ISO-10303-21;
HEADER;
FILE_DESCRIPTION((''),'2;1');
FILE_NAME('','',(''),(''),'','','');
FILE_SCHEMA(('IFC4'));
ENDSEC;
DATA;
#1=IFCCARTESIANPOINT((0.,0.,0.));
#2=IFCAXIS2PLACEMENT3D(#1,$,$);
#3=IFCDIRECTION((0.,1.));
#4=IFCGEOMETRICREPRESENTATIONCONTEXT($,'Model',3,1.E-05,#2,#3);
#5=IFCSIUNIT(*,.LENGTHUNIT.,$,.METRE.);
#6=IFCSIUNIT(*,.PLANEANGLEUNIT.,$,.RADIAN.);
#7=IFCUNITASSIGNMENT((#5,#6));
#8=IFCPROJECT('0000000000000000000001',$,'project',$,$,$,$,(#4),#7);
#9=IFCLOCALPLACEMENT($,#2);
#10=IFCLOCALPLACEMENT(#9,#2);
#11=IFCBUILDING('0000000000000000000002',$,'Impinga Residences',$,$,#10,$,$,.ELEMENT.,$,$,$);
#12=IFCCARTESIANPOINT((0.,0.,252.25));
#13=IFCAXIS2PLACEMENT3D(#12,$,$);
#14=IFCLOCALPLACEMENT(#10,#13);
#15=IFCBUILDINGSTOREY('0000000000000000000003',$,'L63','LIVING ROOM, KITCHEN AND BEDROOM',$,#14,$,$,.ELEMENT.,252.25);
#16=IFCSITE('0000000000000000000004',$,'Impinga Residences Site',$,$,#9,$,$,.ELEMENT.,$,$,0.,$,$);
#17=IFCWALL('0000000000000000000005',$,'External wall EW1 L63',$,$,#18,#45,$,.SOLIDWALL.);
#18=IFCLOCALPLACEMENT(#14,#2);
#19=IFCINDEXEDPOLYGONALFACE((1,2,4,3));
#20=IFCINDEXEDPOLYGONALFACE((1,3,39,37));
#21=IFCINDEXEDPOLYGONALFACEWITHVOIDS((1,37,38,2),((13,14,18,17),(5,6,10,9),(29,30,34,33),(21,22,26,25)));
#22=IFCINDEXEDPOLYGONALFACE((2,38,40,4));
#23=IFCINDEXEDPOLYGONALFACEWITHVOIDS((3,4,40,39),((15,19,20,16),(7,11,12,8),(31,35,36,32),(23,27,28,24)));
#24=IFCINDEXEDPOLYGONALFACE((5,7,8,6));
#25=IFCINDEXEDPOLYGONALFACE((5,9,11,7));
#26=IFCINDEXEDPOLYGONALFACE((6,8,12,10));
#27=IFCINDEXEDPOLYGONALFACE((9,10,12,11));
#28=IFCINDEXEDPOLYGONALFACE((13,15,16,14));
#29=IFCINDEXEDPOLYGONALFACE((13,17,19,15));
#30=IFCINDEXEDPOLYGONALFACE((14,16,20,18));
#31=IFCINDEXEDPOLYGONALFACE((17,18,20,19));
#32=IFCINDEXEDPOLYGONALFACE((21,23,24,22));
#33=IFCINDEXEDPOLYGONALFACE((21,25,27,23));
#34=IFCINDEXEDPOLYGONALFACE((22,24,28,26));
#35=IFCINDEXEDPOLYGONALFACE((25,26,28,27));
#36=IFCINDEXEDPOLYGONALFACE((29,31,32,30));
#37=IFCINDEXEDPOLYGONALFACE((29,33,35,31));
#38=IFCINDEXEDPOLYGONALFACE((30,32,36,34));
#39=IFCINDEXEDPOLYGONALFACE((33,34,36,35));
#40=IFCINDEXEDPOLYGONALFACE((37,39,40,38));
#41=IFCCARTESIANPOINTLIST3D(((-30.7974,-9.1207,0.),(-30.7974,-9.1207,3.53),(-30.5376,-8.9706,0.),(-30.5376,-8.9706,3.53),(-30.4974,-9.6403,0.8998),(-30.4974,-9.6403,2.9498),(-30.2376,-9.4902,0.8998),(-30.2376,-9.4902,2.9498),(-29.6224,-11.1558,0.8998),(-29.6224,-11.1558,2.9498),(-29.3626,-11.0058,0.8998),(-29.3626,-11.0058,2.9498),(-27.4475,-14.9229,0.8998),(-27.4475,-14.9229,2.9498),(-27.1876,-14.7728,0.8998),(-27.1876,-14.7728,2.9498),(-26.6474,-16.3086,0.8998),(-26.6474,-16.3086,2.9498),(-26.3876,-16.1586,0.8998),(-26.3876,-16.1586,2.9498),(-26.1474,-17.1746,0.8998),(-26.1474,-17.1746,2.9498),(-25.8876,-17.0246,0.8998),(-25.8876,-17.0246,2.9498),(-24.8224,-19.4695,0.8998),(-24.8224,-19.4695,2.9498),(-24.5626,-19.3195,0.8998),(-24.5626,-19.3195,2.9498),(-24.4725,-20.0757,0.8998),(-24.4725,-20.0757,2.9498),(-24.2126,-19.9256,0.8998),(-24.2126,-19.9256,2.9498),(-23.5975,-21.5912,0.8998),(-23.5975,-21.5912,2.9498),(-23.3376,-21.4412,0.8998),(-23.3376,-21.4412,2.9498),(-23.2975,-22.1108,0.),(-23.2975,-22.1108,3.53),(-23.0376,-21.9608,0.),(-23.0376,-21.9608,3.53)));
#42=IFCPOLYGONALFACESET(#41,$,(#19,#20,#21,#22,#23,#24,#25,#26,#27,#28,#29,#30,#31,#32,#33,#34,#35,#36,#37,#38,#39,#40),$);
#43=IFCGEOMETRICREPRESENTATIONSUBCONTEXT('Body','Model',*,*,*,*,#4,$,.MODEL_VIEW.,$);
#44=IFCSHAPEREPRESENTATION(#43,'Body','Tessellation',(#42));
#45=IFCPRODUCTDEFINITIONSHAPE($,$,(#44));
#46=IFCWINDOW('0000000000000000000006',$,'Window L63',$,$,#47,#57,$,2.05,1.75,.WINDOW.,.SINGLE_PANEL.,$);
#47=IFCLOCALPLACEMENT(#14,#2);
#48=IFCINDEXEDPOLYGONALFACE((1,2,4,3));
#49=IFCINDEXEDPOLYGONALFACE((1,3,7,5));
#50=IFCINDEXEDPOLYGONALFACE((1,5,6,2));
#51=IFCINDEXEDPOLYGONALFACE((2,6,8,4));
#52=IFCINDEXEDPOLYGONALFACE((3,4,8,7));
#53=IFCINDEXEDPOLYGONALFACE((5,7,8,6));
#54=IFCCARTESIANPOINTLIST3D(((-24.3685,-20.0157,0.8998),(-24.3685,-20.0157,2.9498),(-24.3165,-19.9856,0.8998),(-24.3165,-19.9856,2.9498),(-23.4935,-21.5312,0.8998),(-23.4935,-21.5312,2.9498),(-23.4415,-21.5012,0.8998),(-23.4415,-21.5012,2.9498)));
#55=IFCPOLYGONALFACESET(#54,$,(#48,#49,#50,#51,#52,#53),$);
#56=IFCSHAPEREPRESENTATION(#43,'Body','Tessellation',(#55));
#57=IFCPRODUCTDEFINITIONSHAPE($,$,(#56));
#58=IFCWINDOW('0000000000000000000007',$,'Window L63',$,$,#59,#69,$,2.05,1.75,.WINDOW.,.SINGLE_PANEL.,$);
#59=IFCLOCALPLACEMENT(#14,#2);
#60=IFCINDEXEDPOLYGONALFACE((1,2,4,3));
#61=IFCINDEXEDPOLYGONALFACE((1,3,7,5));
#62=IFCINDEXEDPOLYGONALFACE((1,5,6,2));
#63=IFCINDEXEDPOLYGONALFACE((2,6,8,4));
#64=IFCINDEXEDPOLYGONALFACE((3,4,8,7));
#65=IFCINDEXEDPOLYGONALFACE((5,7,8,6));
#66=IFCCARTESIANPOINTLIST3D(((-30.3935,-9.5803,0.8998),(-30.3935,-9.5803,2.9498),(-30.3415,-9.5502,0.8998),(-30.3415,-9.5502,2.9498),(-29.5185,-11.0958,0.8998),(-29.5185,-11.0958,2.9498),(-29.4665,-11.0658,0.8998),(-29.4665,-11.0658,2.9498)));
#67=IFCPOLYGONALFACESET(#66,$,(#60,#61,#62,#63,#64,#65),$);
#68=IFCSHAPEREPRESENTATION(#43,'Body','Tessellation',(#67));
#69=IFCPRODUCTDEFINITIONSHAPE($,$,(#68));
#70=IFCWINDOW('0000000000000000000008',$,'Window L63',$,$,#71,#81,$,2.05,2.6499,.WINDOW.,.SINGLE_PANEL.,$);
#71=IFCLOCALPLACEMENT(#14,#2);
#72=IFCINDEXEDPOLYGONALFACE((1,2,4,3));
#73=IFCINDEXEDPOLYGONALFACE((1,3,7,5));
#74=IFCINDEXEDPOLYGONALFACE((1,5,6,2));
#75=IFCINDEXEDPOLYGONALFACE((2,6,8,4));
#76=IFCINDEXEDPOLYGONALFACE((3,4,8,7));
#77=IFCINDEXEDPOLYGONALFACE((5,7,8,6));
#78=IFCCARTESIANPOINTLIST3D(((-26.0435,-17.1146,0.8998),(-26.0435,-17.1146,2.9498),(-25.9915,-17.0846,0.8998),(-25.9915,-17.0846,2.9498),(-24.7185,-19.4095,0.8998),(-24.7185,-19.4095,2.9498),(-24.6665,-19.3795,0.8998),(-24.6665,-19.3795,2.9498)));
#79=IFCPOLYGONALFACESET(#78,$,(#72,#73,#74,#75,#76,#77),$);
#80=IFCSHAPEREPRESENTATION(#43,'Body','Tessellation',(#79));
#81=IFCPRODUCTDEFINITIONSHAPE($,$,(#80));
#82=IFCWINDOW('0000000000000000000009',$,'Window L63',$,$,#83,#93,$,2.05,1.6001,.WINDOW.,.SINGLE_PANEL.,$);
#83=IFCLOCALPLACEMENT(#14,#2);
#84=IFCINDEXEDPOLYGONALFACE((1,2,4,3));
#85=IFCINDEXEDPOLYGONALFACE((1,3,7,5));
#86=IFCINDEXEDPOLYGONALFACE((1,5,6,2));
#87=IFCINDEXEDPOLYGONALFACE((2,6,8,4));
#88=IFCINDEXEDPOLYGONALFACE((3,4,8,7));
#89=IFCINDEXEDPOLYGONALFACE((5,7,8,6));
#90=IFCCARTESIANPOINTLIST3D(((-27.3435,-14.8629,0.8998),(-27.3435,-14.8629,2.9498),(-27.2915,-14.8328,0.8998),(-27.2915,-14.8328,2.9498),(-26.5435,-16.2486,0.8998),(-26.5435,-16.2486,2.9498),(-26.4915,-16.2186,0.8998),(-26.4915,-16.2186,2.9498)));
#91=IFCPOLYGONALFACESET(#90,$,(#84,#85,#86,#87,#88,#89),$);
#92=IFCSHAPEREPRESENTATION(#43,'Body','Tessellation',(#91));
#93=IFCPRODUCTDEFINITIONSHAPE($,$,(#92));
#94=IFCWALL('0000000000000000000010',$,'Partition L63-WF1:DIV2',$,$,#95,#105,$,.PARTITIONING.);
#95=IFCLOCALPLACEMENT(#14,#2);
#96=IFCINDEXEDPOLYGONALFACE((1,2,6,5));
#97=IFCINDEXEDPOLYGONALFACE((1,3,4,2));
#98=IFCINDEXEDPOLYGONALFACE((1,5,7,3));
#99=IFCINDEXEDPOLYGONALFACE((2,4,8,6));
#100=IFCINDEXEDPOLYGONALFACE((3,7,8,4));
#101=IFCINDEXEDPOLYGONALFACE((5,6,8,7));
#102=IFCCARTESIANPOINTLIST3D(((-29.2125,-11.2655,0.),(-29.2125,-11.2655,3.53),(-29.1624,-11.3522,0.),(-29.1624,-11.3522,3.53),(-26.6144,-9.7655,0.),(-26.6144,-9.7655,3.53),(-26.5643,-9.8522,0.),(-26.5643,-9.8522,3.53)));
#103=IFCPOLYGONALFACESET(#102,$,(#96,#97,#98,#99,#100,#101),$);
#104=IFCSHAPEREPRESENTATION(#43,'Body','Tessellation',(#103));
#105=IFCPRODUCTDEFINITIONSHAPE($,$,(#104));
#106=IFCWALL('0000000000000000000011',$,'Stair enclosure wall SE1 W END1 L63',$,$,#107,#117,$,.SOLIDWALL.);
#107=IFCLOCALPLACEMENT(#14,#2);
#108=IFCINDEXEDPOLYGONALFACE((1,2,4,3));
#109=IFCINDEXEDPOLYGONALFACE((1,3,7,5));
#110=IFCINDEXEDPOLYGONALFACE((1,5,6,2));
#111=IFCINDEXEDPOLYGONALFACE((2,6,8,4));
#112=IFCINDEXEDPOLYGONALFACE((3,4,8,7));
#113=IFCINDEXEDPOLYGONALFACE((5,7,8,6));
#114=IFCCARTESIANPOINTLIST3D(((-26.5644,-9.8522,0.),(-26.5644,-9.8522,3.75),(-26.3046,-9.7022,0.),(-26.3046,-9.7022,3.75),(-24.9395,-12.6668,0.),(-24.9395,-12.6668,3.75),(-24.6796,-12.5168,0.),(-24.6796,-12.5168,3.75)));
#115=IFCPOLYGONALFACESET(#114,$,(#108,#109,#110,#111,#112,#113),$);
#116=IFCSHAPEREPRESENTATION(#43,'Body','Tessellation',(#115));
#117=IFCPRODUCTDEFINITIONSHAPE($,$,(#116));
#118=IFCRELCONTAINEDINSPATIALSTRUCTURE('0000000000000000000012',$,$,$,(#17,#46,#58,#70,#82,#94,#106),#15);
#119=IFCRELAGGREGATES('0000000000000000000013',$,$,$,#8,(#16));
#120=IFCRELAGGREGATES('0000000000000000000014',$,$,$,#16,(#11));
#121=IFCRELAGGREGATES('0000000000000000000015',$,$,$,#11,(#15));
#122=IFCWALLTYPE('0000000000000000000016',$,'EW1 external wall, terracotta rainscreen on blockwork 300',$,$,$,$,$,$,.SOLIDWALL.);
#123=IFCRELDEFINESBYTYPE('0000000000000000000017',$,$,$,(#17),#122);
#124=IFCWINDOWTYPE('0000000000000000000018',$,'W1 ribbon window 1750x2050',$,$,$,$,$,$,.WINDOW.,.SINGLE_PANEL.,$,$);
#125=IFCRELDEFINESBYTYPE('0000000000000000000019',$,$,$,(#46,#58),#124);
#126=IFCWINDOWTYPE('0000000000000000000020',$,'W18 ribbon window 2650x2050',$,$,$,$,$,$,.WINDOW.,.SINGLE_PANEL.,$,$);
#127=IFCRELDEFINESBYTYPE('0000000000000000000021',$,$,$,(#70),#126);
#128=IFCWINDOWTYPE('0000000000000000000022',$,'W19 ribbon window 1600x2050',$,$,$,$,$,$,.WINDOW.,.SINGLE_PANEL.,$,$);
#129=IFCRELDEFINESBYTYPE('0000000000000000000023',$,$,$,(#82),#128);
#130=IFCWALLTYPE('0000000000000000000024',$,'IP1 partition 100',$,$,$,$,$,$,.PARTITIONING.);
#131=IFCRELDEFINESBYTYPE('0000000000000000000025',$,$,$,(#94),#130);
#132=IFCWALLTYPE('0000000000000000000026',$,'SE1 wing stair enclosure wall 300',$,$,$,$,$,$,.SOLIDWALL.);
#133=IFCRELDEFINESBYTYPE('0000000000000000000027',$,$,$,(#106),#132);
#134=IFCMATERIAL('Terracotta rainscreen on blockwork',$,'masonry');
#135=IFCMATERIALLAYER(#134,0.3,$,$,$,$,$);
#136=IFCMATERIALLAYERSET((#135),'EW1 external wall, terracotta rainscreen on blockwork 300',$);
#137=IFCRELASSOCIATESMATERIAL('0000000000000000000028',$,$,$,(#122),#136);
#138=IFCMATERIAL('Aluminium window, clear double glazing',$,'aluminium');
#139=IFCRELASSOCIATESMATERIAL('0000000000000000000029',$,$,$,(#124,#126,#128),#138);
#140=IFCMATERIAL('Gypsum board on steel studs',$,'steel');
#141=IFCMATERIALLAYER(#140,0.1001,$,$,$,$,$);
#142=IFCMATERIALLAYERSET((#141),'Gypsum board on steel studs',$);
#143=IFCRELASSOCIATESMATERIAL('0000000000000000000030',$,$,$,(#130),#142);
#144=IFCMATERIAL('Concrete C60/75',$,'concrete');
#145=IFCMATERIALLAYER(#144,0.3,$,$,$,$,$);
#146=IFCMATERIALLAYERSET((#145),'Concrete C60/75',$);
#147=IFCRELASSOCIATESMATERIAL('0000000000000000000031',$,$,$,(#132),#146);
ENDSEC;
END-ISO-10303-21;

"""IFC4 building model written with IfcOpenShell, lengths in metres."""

from ifc_helpers import new_model, si_unit, direction, frame, frame_2d, origin, place, context, subcontext, project, spatial, rectangle, extrude, material, layer, layer_set, type_object, element, fill, save


model = new_model("IFC4")

# Units and contexts
model_context = context("Model", 3, precision=1e-05, world=origin(), true_north=direction((0.0, 1.0)))
body_context = subcontext(model_context, "Body", "Model", "MODEL_VIEW")
ifc_project = project(units=[si_unit("LENGTHUNIT", "METRE"), si_unit("PLANEANGLEUNIT", "RADIAN")], contexts=[model_context])

# Site, building, storey
site_placement = place(None, origin())
site = spatial("IfcSite", under=ifc_project, at=site_placement, Name="Impinga Residences Site", CompositionType="ELEMENT", RefElevation=0.0)
building_placement = place(site_placement, origin())
building = spatial("IfcBuilding", under=site, at=building_placement, Name="Impinga Residences", CompositionType="ELEMENT")
storey_placement = place(building_placement, frame((0.0, 0.0, 252.25)))
storey = spatial("IfcBuildingStorey", under=building, at=storey_placement, Name="L63", Description="LIVING ROOM, KITCHEN AND BEDROOM", CompositionType="ELEMENT", Elevation=252.25)

# Shared definitions
ifc_material_1 = material(Name="Concrete C60/75", Category="concrete")

# Shared definitions
ifc_material_2 = material(Name="Terracotta rainscreen on blockwork", Category="masonry")
ifc_layer_1 = layer(ifc_material_2, 0.3)
ifc_layer_set_1 = layer_set([ifc_layer_1], Name="EW1 external wall, terracotta rainscreen on blockwork 300")
wall_type_1 = type_object("IfcWallType", Name="EW1 external wall, terracotta rainscreen on blockwork 300", PredefinedType="SOLIDWALL", material=ifc_layer_set_1)

# Wall, openings, windows
wall_1_placement = place(storey_placement, frame((-23.1675, -22.0359, 0.0), z_axis=(0.0, 0.0, 1.0), x_axis=(-0.500004, 0.866023, 0.0)))
wall_1 = element("IfcWall", 1, at=wall_1_placement, inside=storey, type_object=wall_type_1, Name="External wall EW1 L63", PredefinedType="SOLIDWALL", context=body_context, shape_type="SweptSolid", body=[
    extrude(rectangle(XDim=14.9998, YDim=0.3, at=frame_2d((7.5, 0.0))), origin(), (0.0, 0.0, 1.0), 3.53),
])
opening_1_placement = place(wall_1_placement, frame((0.6001, 0.0, 0.8999)))
opening_1 = element("IfcOpeningElement", 2, at=opening_1_placement, cuts=wall_1, PredefinedType="OPENING", context=body_context, shape_type="SweptSolid", body=[
    extrude(rectangle(XDim=1.75, YDim=2.05, at=frame_2d((0.875, 1.0249))), frame((0.0, 0.1599, 0.0), z_axis=(0.0, -1.0, 0.0), x_axis=(1.0, 0.0, 0.0)), (0.0, 0.0, 1.0), 0.3201),
])
opening_2_placement = place(wall_1_placement, frame((3.05, 0.0, 0.8999)))
opening_2 = element("IfcOpeningElement", 3, at=opening_2_placement, cuts=wall_1, PredefinedType="OPENING", context=body_context, shape_type="SweptSolid", body=[
    extrude(rectangle(XDim=2.6499, YDim=2.05, at=frame_2d((1.325, 1.0249))), frame((0.0, 0.1599, 0.0), z_axis=(0.0, -1.0, 0.0), x_axis=(1.0, 0.0, 0.0)), (0.0, 0.0, 1.0), 0.3201),
])
opening_3_placement = place(wall_1_placement, frame((6.7, 0.0, 0.8999)))
opening_3 = element("IfcOpeningElement", 4, at=opening_3_placement, cuts=wall_1, PredefinedType="OPENING", context=body_context, shape_type="SweptSolid", body=[
    extrude(rectangle(XDim=1.6001, YDim=2.05, at=frame_2d((0.8, 1.0249))), frame((0.0, 0.1599, 0.0), z_axis=(0.0, -1.0, 0.0), x_axis=(1.0, 0.0, 0.0)), (0.0, 0.0, 1.0), 0.3201),
])
opening_4_placement = place(wall_1_placement, frame((12.6499, 0.0, 0.8999)))
opening_4 = element("IfcOpeningElement", 5, at=opening_4_placement, cuts=wall_1, PredefinedType="OPENING", context=body_context, shape_type="SweptSolid", body=[
    extrude(rectangle(XDim=1.75, YDim=2.05, at=frame_2d((0.875, 1.0249))), frame((0.0, 0.1599, 0.0), z_axis=(0.0, -1.0, 0.0), x_axis=(1.0, 0.0, 0.0)), (0.0, 0.0, 1.0), 0.3201),
])
ifc_material_3 = material(Name="Aluminium window, clear double glazing", Category="aluminium")
window_type_1 = type_object("IfcWindowType", Name="W1 ribbon window 1750x2050", PartitioningType="SINGLE_PANEL", PredefinedType="WINDOW", material=ifc_material_3)
window_1_placement = place(opening_1_placement, origin())
window_1 = element("IfcWindow", 6, at=window_1_placement, inside=storey, type_object=window_type_1, Name="Window L63", OverallHeight=2.05, OverallWidth=1.75, PartitioningType="SINGLE_PANEL", PredefinedType="WINDOW", context=body_context, shape_type="SweptSolid", body=[
    extrude(rectangle(XDim=1.75, YDim=2.05, at=frame_2d((0.875, 1.0249))), frame((0.0, 0.03, 0.0), z_axis=(0.0, -1.0, 0.0), x_axis=(1.0, 0.0, 0.0)), (0.0, 0.0, 1.0), 0.0601),
])
fill(opening_1, window_1)
window_2_placement = place(opening_4_placement, origin())
window_2 = element("IfcWindow", 7, at=window_2_placement, inside=storey, type_object=window_type_1, Name="Window L63", OverallHeight=2.05, OverallWidth=1.75, PartitioningType="SINGLE_PANEL", PredefinedType="WINDOW", context=body_context, shape_type="SweptSolid", body=[
    extrude(rectangle(XDim=1.75, YDim=2.05, at=frame_2d((0.875, 1.0249))), frame((0.0, 0.03, 0.0), z_axis=(0.0, -1.0, 0.0), x_axis=(1.0, 0.0, 0.0)), (0.0, 0.0, 1.0), 0.0601),
])
fill(opening_4, window_2)
window_type_2 = type_object("IfcWindowType", Name="W18 ribbon window 2650x2050", PartitioningType="SINGLE_PANEL", PredefinedType="WINDOW", material=ifc_material_3)
window_3_placement = place(opening_2_placement, origin())
window_3 = element("IfcWindow", 8, at=window_3_placement, inside=storey, type_object=window_type_2, Name="Window L63", OverallHeight=2.05, OverallWidth=2.6499, PartitioningType="SINGLE_PANEL", PredefinedType="WINDOW", context=body_context, shape_type="SweptSolid", body=[
    extrude(rectangle(XDim=2.6499, YDim=2.05, at=frame_2d((1.325, 1.0249))), frame((0.0, 0.03, 0.0), z_axis=(0.0, -1.0, 0.0), x_axis=(1.0, 0.0, 0.0)), (0.0, 0.0, 1.0), 0.0601),
])
fill(opening_2, window_3)
window_type_3 = type_object("IfcWindowType", Name="W19 ribbon window 1600x2050", PartitioningType="SINGLE_PANEL", PredefinedType="WINDOW", material=ifc_material_3)
window_4_placement = place(opening_3_placement, origin())
window_4 = element("IfcWindow", 9, at=window_4_placement, inside=storey, type_object=window_type_3, Name="Window L63", OverallHeight=2.05, OverallWidth=1.6001, PartitioningType="SINGLE_PANEL", PredefinedType="WINDOW", context=body_context, shape_type="SweptSolid", body=[
    extrude(rectangle(XDim=1.6001, YDim=2.05, at=frame_2d((0.8, 1.0249))), frame((0.0, 0.03, 0.0), z_axis=(0.0, -1.0, 0.0), x_axis=(1.0, 0.0, 0.0)), (0.0, 0.0, 1.0), 0.0601),
])
fill(opening_3, window_4)

# Walls
ifc_material_4 = material(Name="Gypsum board on steel studs", Category="steel")
ifc_layer_2 = layer(ifc_material_4, 0.1001)
ifc_layer_set_2 = layer_set([ifc_layer_2], Name="Gypsum board on steel studs")
wall_type_2 = type_object("IfcWallType", Name="IP1 partition 100", PredefinedType="PARTITIONING", material=ifc_layer_set_2)
wall_2_placement = place(storey_placement, frame((-26.5894, -9.8088, 0.0), z_axis=(0.0, 0.0, 1.0), x_axis=(-0.866031, -0.49999, 0.0)))
element("IfcWall", 10, at=wall_2_placement, inside=storey, type_object=wall_type_2, Name="Partition L63-WF1:DIV2", PredefinedType="PARTITIONING", context=body_context, shape_type="SweptSolid", body=[
    extrude(rectangle(XDim=3.0, YDim=0.1001, at=frame_2d((1.5, 0.0))), origin(), (0.0, 0.0, 1.0), 3.53),
])
ifc_layer_3 = layer(ifc_material_1, 0.3)
ifc_layer_set_3 = layer_set([ifc_layer_3], Name="Concrete C60/75")
wall_type_3 = type_object("IfcWallType", Name="SE1 wing stair enclosure wall 300", PredefinedType="SOLIDWALL", material=ifc_layer_set_3)
wall_3_placement = place(storey_placement, frame((-24.8096, -12.5918, 0.0), z_axis=(0.0, 0.0, 1.0), x_axis=(-0.499985, 0.866034, 0.0)))
element("IfcWall", 11, at=wall_3_placement, inside=storey, type_object=wall_type_3, Name="Stair enclosure wall SE1 W END1 L63", PredefinedType="SOLIDWALL", context=body_context, shape_type="SweptSolid", body=[
    extrude(rectangle(XDim=3.25, YDim=0.3, at=frame_2d((1.625, 0.0))), origin(), (0.0, 0.0, 1.0), 3.75),
])

save(model, "model.ifc")
